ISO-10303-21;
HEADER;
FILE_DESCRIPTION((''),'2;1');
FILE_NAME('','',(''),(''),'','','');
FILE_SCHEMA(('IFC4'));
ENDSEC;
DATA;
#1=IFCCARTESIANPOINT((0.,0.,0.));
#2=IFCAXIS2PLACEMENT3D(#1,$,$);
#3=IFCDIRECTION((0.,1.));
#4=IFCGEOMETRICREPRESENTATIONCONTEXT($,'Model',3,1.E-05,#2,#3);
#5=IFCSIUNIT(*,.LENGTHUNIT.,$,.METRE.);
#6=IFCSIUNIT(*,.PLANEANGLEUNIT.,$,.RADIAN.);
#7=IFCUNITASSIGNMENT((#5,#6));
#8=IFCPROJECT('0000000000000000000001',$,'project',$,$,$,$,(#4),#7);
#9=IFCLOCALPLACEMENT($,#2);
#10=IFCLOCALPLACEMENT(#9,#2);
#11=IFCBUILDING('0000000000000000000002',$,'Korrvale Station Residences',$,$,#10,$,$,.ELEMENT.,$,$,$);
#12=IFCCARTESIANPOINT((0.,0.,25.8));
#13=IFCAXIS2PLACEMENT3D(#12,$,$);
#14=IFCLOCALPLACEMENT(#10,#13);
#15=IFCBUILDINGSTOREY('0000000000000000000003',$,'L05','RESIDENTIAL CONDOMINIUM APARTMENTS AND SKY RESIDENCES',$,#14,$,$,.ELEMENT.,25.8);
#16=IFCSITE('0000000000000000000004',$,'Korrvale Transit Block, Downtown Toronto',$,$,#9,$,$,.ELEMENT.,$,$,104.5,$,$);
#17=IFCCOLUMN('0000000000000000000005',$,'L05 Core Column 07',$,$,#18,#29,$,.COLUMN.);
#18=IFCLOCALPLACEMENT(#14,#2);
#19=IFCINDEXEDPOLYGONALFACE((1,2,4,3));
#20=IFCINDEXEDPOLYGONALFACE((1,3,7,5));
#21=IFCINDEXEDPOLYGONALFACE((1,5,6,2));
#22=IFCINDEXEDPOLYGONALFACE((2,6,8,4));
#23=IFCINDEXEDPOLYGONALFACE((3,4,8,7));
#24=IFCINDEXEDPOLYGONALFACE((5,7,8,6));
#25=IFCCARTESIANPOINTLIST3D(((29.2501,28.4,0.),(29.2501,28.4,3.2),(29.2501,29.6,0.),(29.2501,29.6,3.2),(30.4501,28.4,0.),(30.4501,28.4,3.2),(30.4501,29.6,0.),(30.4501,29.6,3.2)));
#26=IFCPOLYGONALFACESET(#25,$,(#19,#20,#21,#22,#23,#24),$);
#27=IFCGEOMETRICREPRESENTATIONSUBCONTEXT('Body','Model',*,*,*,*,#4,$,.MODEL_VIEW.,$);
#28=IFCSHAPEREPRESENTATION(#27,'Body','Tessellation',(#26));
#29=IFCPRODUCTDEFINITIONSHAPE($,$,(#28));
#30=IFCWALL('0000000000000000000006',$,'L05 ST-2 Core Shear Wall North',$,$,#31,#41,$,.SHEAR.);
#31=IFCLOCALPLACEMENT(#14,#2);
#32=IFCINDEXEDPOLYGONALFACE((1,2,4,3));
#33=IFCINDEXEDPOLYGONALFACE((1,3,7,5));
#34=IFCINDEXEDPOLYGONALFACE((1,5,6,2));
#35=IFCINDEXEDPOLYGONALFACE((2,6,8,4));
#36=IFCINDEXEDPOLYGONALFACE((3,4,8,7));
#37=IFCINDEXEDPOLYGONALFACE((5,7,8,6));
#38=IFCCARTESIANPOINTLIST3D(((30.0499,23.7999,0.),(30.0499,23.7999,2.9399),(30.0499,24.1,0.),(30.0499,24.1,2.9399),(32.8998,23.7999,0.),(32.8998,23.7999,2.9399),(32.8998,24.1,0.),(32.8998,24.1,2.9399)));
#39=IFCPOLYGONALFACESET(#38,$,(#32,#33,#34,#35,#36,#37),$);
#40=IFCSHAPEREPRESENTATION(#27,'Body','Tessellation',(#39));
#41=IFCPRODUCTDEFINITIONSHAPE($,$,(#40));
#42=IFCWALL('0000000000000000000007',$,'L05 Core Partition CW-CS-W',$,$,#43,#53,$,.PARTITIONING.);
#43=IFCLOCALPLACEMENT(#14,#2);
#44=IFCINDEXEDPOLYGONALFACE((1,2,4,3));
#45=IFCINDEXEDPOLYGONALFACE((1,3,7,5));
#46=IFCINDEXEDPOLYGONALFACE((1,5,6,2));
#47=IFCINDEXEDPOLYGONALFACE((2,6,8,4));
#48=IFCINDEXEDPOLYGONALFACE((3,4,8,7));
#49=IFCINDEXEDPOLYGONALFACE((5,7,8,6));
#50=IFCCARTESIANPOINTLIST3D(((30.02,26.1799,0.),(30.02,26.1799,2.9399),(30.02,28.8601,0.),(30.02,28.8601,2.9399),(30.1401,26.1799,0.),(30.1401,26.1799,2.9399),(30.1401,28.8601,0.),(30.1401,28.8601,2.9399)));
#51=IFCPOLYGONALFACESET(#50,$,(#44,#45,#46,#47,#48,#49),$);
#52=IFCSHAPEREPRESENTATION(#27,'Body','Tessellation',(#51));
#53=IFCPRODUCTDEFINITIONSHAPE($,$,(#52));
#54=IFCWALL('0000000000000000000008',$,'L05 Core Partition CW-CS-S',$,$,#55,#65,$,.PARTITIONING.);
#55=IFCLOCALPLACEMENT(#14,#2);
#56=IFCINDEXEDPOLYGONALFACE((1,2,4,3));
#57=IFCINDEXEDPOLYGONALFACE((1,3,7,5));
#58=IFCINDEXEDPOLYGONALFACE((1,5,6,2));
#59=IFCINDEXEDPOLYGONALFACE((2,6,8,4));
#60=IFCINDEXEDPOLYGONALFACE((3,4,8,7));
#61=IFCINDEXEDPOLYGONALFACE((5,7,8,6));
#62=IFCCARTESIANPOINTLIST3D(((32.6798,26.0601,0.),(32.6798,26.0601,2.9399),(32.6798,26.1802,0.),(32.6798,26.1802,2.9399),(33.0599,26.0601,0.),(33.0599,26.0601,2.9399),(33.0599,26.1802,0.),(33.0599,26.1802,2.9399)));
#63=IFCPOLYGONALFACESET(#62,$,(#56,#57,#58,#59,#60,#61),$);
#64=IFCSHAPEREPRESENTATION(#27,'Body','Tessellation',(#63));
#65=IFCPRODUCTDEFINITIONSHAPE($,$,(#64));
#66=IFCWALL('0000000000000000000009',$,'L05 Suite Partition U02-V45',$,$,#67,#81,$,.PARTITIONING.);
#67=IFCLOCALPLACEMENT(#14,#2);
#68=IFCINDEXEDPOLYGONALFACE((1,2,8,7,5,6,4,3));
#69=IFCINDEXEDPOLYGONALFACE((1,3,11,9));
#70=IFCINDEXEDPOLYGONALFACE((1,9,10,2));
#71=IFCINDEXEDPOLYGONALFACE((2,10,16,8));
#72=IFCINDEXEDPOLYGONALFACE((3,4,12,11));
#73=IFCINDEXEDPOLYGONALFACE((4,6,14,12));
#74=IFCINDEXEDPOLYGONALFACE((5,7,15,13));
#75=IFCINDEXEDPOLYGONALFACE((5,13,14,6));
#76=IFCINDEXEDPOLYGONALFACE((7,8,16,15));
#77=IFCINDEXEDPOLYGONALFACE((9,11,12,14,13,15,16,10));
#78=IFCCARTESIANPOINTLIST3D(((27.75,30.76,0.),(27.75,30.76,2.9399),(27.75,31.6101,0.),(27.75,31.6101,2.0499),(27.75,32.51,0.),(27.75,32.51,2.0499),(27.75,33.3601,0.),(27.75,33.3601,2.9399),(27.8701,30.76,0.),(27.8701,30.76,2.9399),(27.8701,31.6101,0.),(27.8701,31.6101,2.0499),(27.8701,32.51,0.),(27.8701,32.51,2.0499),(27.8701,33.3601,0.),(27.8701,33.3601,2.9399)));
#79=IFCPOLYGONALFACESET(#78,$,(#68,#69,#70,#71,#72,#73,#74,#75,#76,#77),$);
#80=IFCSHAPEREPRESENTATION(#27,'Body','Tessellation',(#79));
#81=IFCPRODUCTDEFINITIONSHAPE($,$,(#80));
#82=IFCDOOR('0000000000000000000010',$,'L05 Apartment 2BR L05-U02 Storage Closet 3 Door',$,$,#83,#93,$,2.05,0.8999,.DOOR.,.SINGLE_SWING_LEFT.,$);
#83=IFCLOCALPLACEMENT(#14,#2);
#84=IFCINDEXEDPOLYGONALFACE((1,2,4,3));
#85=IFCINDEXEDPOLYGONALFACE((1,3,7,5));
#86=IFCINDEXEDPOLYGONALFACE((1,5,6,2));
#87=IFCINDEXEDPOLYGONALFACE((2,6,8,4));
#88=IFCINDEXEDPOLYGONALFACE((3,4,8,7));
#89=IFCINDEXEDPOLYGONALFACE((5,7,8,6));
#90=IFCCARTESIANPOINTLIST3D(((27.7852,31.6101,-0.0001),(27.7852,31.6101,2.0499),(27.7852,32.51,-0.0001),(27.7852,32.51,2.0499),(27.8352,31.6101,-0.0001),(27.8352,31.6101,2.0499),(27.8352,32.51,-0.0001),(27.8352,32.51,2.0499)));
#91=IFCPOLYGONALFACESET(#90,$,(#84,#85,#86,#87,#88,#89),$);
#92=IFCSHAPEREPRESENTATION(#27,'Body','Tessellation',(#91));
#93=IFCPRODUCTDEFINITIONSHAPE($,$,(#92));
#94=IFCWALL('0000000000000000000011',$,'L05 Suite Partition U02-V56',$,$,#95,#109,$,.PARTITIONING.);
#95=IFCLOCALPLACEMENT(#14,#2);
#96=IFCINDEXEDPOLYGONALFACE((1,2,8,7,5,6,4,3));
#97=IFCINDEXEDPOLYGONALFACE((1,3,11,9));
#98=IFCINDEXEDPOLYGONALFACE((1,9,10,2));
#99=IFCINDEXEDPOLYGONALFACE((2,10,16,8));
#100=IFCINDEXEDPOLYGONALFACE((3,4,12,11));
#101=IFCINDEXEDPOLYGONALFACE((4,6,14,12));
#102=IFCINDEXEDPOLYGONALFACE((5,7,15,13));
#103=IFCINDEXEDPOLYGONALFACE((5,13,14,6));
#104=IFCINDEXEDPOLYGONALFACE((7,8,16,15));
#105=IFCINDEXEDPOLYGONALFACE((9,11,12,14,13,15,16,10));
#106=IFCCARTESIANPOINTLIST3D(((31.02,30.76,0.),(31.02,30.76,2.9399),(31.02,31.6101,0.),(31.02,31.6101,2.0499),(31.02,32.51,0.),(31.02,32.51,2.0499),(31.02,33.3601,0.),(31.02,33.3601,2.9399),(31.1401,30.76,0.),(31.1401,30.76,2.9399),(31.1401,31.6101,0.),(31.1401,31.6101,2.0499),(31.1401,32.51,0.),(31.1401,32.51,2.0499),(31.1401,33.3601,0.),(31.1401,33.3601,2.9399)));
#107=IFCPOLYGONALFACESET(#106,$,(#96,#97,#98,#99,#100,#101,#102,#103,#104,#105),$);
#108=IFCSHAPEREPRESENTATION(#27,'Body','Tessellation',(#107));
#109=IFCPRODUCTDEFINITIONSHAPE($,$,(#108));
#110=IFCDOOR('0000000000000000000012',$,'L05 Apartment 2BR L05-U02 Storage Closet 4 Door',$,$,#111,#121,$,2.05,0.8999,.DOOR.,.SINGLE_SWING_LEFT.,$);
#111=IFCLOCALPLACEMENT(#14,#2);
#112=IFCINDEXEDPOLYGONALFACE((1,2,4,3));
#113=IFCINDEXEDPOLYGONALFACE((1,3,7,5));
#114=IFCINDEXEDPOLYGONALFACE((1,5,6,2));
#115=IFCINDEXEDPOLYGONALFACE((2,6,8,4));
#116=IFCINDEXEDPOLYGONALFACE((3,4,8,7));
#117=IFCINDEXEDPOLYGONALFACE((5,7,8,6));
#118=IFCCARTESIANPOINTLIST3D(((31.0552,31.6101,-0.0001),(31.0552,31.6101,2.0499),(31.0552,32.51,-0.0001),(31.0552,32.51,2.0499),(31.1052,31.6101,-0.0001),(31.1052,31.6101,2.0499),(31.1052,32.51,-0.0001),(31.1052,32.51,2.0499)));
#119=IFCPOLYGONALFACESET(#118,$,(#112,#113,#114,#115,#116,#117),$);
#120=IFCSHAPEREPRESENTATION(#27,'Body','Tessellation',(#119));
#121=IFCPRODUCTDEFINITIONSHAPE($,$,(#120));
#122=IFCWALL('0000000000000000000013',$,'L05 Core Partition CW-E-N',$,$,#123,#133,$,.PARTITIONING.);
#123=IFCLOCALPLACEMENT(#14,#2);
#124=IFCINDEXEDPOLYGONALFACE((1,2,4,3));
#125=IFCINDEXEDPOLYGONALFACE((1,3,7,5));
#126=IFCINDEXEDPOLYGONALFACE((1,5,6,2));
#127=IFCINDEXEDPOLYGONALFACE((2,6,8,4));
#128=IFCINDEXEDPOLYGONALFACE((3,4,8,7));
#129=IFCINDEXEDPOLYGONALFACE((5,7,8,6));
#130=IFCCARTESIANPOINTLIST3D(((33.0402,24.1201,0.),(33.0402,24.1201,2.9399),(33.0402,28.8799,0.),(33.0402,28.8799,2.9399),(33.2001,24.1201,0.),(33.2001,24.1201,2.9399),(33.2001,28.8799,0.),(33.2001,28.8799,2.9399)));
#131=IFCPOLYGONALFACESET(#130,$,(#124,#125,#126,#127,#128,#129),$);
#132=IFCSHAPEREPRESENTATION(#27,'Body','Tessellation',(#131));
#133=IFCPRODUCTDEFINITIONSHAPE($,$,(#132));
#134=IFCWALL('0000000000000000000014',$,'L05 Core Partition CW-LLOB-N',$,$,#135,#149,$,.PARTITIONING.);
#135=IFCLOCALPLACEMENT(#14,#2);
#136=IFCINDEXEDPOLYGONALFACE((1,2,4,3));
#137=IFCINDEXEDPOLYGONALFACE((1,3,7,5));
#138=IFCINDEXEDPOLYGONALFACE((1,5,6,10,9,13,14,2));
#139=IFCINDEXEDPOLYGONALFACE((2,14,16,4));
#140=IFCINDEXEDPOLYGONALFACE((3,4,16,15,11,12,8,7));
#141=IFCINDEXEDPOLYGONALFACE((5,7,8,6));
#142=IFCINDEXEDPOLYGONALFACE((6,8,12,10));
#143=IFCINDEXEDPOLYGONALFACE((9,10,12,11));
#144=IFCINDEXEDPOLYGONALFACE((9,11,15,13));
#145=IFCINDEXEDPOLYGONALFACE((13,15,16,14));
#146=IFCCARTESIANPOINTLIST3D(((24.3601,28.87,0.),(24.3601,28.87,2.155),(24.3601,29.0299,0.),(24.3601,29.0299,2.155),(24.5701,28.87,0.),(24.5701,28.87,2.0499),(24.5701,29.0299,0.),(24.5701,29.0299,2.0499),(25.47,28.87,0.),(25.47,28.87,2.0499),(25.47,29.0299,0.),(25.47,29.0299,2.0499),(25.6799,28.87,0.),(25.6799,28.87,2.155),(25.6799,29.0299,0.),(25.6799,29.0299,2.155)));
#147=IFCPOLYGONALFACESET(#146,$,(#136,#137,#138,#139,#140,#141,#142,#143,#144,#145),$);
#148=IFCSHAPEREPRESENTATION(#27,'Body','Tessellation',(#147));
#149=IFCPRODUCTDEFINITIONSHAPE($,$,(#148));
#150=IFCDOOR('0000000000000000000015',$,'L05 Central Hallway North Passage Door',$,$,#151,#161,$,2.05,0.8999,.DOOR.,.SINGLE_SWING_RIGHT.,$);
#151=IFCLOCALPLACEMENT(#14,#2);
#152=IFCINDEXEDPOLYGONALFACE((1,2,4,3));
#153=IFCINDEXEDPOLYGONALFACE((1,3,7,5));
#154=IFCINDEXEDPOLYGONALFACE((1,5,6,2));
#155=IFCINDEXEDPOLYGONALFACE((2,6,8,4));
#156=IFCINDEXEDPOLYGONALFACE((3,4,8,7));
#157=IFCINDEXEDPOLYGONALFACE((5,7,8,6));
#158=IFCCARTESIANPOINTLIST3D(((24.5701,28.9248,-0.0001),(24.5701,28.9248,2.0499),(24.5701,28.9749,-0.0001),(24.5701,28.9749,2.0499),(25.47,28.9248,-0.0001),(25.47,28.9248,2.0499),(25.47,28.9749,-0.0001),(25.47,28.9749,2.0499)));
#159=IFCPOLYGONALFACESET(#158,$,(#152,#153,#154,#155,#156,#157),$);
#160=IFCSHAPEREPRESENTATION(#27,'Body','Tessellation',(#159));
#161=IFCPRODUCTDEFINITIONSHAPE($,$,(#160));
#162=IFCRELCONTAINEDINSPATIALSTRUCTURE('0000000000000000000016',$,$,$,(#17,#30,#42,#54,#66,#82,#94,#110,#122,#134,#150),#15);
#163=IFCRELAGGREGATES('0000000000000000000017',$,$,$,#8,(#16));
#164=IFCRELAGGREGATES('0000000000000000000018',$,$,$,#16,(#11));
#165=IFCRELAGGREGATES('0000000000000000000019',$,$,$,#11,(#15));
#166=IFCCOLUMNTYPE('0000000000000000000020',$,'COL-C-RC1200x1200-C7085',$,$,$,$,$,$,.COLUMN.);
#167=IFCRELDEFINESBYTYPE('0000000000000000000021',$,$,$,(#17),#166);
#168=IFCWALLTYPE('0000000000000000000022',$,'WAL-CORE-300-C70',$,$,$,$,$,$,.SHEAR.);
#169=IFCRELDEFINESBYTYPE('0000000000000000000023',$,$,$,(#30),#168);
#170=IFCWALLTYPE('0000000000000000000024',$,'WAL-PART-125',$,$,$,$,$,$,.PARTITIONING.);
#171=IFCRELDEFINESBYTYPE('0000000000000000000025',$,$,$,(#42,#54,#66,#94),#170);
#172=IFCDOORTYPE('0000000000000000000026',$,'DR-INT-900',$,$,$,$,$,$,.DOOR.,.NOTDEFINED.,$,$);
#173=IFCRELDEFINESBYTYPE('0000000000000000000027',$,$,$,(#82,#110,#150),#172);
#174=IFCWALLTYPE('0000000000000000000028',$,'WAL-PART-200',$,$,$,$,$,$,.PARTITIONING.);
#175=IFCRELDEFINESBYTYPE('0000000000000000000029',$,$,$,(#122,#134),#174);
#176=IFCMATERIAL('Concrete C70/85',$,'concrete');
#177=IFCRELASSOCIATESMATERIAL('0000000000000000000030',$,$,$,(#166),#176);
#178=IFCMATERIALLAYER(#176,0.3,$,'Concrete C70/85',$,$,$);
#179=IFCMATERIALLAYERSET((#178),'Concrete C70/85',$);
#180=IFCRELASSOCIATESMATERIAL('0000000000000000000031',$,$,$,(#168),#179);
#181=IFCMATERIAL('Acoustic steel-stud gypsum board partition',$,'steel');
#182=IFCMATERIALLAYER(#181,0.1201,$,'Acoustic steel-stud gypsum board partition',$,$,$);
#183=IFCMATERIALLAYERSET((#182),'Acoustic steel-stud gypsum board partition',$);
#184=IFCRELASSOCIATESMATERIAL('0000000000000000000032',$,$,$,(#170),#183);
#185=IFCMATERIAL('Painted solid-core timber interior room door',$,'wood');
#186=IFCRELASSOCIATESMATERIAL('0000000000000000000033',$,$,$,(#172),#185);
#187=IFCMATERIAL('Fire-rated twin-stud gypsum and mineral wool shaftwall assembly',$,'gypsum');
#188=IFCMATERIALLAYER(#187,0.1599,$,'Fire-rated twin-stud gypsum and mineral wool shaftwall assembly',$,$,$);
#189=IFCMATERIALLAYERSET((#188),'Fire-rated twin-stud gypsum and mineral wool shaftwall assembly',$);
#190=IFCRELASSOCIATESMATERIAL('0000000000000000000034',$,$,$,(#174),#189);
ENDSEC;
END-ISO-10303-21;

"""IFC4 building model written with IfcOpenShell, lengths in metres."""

from ifc_helpers import new_model, si_unit, direction, frame, frame_2d, origin, origin_2d, place, context, subcontext, project, spatial, rectangle, extrude, material, layer, layer_set, material_profile, profile_set, type_object, element, fill, save


model = new_model("IFC4")

# Units and contexts
model_context = context("Model", 3, precision=1e-05, world=origin(), true_north=direction((0.0, 1.0)))
body_context = subcontext(model_context, "Body", "Model", "MODEL_VIEW")
ifc_project = project(units=[si_unit("LENGTHUNIT", "METRE"), si_unit("PLANEANGLEUNIT", "RADIAN")], contexts=[model_context])

# Site, building, storey
site_placement = place(None, origin())
site = spatial("IfcSite", under=ifc_project, at=site_placement, Name="Korrvale Transit Block, Downtown Toronto", CompositionType="ELEMENT", RefElevation=104.5)
building_placement = place(site_placement, origin())
building = spatial("IfcBuilding", under=site, at=building_placement, Name="Korrvale Station Residences", CompositionType="ELEMENT")
storey_placement = place(building_placement, frame((0.0, 0.0, 25.8)))
storey = spatial("IfcBuildingStorey", under=building, at=storey_placement, Name="L05", Description="RESIDENTIAL CONDOMINIUM APARTMENTS AND SKY RESIDENCES", CompositionType="ELEMENT", Elevation=25.8)

# Column
ifc_material_1 = material(Name="Concrete C70/85", Category="concrete")
ifc_material_profile = material_profile(ifc_material_1, rectangle(XDim=1.2, YDim=1.2, at=origin_2d()), Name="RC1200x1200")
ifc_profile_set = profile_set([ifc_material_profile], Name="Concrete C70/85")
column_type = type_object("IfcColumnType", Name="COL-C-RC1200x1200-C7085", PredefinedType="COLUMN", material=ifc_profile_set)
column_placement = place(storey_placement, frame((29.8501, 29.0, 0.0), z_axis=(0.0, 0.0, 1.0), x_axis=(1.0, 0.0, 0.0)))
element("IfcColumn", 1, at=column_placement, inside=storey, type_object=column_type, Name="L05 Core Column 07", PredefinedType="COLUMN", context=body_context, shape_type="SweptSolid", body=[
    extrude(rectangle(XDim=1.2, YDim=1.2, at=origin_2d()), origin(), (0.0, 0.0, 1.0), 3.2),
])

# Walls
ifc_layer_1 = layer(ifc_material_1, 0.3, Name="Concrete C70/85")
ifc_layer_set_1 = layer_set([ifc_layer_1], Name="Concrete C70/85")
wall_type_1 = type_object("IfcWallType", Name="WAL-CORE-300-C70", PredefinedType="SHEAR", material=ifc_layer_set_1)
wall_1_placement = place(storey_placement, frame((30.05, 23.95, 0.0), z_axis=(0.0, 0.0, 1.0), x_axis=(1.0, 0.0, 0.0)))
element("IfcWall", 2, at=wall_1_placement, inside=storey, type_object=wall_type_1, Name="L05 ST-2 Core Shear Wall North", PredefinedType="SHEAR", context=body_context, shape_type="SweptSolid", body=[
    extrude(rectangle(XDim=2.8499, YDim=0.3, at=frame_2d((1.4248, 0.0))), origin(), (0.0, 0.0, 1.0), 2.9399),
])
ifc_material_2 = material(Name="Acoustic steel-stud gypsum board partition", Category="steel")
ifc_layer_2 = layer(ifc_material_2, 0.1201, Name="Acoustic steel-stud gypsum board partition")
ifc_layer_set_2 = layer_set([ifc_layer_2], Name="Acoustic steel-stud gypsum board partition")
wall_type_2 = type_object("IfcWallType", Name="WAL-PART-125", PredefinedType="PARTITIONING", material=ifc_layer_set_2)
wall_2_placement = place(storey_placement, frame((30.0801, 26.1799, 0.0), z_axis=(0.0, 0.0, 1.0), x_axis=(0.0, 1.0, 0.0)))
element("IfcWall", 3, at=wall_2_placement, inside=storey, type_object=wall_type_2, Name="L05 Core Partition CW-CS-W", PredefinedType="PARTITIONING", context=body_context, shape_type="SweptSolid", body=[
    extrude(rectangle(XDim=2.6802, YDim=0.1201, at=frame_2d((1.3401, 0.0))), origin(), (0.0, 0.0, 1.0), 2.9399),
])
wall_3_placement = place(storey_placement, frame((32.6799, 26.1201, 0.0), z_axis=(0.0, 0.0, 1.0), x_axis=(1.0, 0.0, 0.0)))
element("IfcWall", 4, at=wall_3_placement, inside=storey, type_object=wall_type_2, Name="L05 Core Partition CW-CS-S", PredefinedType="PARTITIONING", context=body_context, shape_type="SweptSolid", body=[
    extrude(rectangle(XDim=0.3801, YDim=0.1201, at=frame_2d((0.1899, 0.0))), origin(), (0.0, 0.0, 1.0), 2.9399),
])

# Walls, openings, doors
wall_4_placement = place(storey_placement, frame((27.8101, 30.76, 0.0), z_axis=(0.0, 0.0, 1.0), x_axis=(0.0, 1.0, 0.0)))
wall_4 = element("IfcWall", 5, at=wall_4_placement, inside=storey, type_object=wall_type_2, Name="L05 Suite Partition U02-V45", PredefinedType="PARTITIONING", context=body_context, shape_type="SweptSolid", body=[
    extrude(rectangle(XDim=2.6001, YDim=0.1201, at=frame_2d((1.3, 0.0))), origin(), (0.0, 0.0, 1.0), 2.9399),
])
opening_1_placement = place(wall_4_placement, frame((0.8501, 0.0, 0.0)))
opening_1 = element("IfcOpeningElement", 6, at=opening_1_placement, cuts=wall_4, PredefinedType="OPENING", context=body_context, shape_type="SweptSolid", body=[
    extrude(rectangle(XDim=0.8999, YDim=2.05, at=frame_2d((0.45, 1.0249))), frame((0.0, 0.0701, 0.0), z_axis=(0.0, -1.0, 0.0), x_axis=(1.0, 0.0, 0.0)), (0.0, 0.0, 1.0), 0.1401),
])
ifc_material_3 = material(Name="Painted solid-core timber interior room door", Category="wood")
door_type_1 = type_object("IfcDoorType", Name="DR-INT-900", OperationType="NOTDEFINED", PredefinedType="DOOR", material=ifc_material_3)
door_1_placement = place(opening_1_placement, origin())
door_1 = element("IfcDoor", 7, at=door_1_placement, inside=storey, type_object=door_type_1, Name="L05 Apartment 2BR L05-U02 Storage Closet 3 Door", OperationType="SINGLE_SWING_LEFT", OverallHeight=2.05, OverallWidth=0.8999, PredefinedType="DOOR", context=body_context, shape_type="SweptSolid", body=[
    extrude(rectangle(XDim=0.8999, YDim=2.05, at=frame_2d((0.45, 1.0249))), frame((0.0, 0.0249, 0.0), z_axis=(0.0, -1.0, 0.0), x_axis=(1.0, 0.0, 0.0)), (0.0, 0.0, 1.0), 0.05),
])
fill(opening_1, door_1)
wall_5_placement = place(storey_placement, frame((31.0801, 30.76, 0.0), z_axis=(0.0, 0.0, 1.0), x_axis=(0.0, 1.0, 0.0)))
wall_5 = element("IfcWall", 8, at=wall_5_placement, inside=storey, type_object=wall_type_2, Name="L05 Suite Partition U02-V56", PredefinedType="PARTITIONING", context=body_context, shape_type="SweptSolid", body=[
    extrude(rectangle(XDim=2.6001, YDim=0.1201, at=frame_2d((1.3, 0.0))), origin(), (0.0, 0.0, 1.0), 2.9399),
])
opening_2_placement = place(wall_5_placement, frame((0.8501, 0.0, 0.0)))
opening_2 = element("IfcOpeningElement", 9, at=opening_2_placement, cuts=wall_5, PredefinedType="OPENING", context=body_context, shape_type="SweptSolid", body=[
    extrude(rectangle(XDim=0.8999, YDim=2.05, at=frame_2d((0.45, 1.0249))), frame((0.0, 0.0701, 0.0), z_axis=(0.0, -1.0, 0.0), x_axis=(1.0, 0.0, 0.0)), (0.0, 0.0, 1.0), 0.1401),
])
door_2_placement = place(opening_2_placement, origin())
door_2 = element("IfcDoor", 10, at=door_2_placement, inside=storey, type_object=door_type_1, Name="L05 Apartment 2BR L05-U02 Storage Closet 4 Door", OperationType="SINGLE_SWING_LEFT", OverallHeight=2.05, OverallWidth=0.8999, PredefinedType="DOOR", context=body_context, shape_type="SweptSolid", body=[
    extrude(rectangle(XDim=0.8999, YDim=2.05, at=frame_2d((0.45, 1.0249))), frame((0.0, 0.0249, 0.0), z_axis=(0.0, -1.0, 0.0), x_axis=(1.0, 0.0, 0.0)), (0.0, 0.0, 1.0), 0.05),
])
fill(opening_2, door_2)

# Wall
ifc_material_4 = material(Name="Fire-rated twin-stud gypsum and mineral wool shaftwall assembly", Category="gypsum")
ifc_layer_3 = layer(ifc_material_4, 0.1599, Name="Fire-rated twin-stud gypsum and mineral wool shaftwall assembly")
ifc_layer_set_3 = layer_set([ifc_layer_3], Name="Fire-rated twin-stud gypsum and mineral wool shaftwall assembly")
wall_type_3 = type_object("IfcWallType", Name="WAL-PART-200", PredefinedType="PARTITIONING", material=ifc_layer_set_3)
wall_6_placement = place(storey_placement, frame((33.1201, 24.1201, 0.0), z_axis=(0.0, 0.0, 1.0), x_axis=(0.0, 1.0, 0.0)))
element("IfcWall", 11, at=wall_6_placement, inside=storey, type_object=wall_type_3, Name="L05 Core Partition CW-E-N", PredefinedType="PARTITIONING", context=body_context, shape_type="SweptSolid", body=[
    extrude(rectangle(XDim=4.7598, YDim=0.1599, at=frame_2d((2.3799, 0.0))), origin(), (0.0, 0.0, 1.0), 2.9399),
])

# Wall, opening, door
wall_7_placement = place(storey_placement, frame((24.3601, 28.95, 0.0), z_axis=(0.0, 0.0, 1.0), x_axis=(1.0, 0.0, 0.0)))
wall_7 = element("IfcWall", 12, at=wall_7_placement, inside=storey, type_object=wall_type_3, Name="L05 Core Partition CW-LLOB-N", PredefinedType="PARTITIONING", context=body_context, shape_type="SweptSolid", body=[
    extrude(rectangle(XDim=1.3198, YDim=0.1599, at=frame_2d((0.6599, 0.0))), origin(), (0.0, 0.0, 1.0), 2.155),
])
opening_3_placement = place(wall_7_placement, frame((0.21, 0.0, 0.0)))
opening_3 = element("IfcOpeningElement", 13, at=opening_3_placement, cuts=wall_7, PredefinedType="OPENING", context=body_context, shape_type="SweptSolid", body=[
    extrude(rectangle(XDim=0.8999, YDim=2.05, at=frame_2d((0.45, 1.0249))), frame((0.0, 0.0898, 0.0), z_axis=(0.0, -1.0, 0.0), x_axis=(1.0, 0.0, 0.0)), (0.0, 0.0, 1.0), 0.1799),
])
door_3_placement = place(opening_3_placement, origin())
door_3 = element("IfcDoor", 14, at=door_3_placement, inside=storey, type_object=door_type_1, Name="L05 Central Hallway North Passage Door", OperationType="SINGLE_SWING_RIGHT", OverallHeight=2.05, OverallWidth=0.8999, PredefinedType="DOOR", context=body_context, shape_type="SweptSolid", body=[
    extrude(rectangle(XDim=0.8999, YDim=2.05, at=frame_2d((0.45, 1.0249))), frame((0.0, 0.0249, 0.0), z_axis=(0.0, -1.0, 0.0), x_axis=(1.0, 0.0, 0.0)), (0.0, 0.0, 1.0), 0.05),
])
fill(opening_3, door_3)

save(model, "model.ifc")
